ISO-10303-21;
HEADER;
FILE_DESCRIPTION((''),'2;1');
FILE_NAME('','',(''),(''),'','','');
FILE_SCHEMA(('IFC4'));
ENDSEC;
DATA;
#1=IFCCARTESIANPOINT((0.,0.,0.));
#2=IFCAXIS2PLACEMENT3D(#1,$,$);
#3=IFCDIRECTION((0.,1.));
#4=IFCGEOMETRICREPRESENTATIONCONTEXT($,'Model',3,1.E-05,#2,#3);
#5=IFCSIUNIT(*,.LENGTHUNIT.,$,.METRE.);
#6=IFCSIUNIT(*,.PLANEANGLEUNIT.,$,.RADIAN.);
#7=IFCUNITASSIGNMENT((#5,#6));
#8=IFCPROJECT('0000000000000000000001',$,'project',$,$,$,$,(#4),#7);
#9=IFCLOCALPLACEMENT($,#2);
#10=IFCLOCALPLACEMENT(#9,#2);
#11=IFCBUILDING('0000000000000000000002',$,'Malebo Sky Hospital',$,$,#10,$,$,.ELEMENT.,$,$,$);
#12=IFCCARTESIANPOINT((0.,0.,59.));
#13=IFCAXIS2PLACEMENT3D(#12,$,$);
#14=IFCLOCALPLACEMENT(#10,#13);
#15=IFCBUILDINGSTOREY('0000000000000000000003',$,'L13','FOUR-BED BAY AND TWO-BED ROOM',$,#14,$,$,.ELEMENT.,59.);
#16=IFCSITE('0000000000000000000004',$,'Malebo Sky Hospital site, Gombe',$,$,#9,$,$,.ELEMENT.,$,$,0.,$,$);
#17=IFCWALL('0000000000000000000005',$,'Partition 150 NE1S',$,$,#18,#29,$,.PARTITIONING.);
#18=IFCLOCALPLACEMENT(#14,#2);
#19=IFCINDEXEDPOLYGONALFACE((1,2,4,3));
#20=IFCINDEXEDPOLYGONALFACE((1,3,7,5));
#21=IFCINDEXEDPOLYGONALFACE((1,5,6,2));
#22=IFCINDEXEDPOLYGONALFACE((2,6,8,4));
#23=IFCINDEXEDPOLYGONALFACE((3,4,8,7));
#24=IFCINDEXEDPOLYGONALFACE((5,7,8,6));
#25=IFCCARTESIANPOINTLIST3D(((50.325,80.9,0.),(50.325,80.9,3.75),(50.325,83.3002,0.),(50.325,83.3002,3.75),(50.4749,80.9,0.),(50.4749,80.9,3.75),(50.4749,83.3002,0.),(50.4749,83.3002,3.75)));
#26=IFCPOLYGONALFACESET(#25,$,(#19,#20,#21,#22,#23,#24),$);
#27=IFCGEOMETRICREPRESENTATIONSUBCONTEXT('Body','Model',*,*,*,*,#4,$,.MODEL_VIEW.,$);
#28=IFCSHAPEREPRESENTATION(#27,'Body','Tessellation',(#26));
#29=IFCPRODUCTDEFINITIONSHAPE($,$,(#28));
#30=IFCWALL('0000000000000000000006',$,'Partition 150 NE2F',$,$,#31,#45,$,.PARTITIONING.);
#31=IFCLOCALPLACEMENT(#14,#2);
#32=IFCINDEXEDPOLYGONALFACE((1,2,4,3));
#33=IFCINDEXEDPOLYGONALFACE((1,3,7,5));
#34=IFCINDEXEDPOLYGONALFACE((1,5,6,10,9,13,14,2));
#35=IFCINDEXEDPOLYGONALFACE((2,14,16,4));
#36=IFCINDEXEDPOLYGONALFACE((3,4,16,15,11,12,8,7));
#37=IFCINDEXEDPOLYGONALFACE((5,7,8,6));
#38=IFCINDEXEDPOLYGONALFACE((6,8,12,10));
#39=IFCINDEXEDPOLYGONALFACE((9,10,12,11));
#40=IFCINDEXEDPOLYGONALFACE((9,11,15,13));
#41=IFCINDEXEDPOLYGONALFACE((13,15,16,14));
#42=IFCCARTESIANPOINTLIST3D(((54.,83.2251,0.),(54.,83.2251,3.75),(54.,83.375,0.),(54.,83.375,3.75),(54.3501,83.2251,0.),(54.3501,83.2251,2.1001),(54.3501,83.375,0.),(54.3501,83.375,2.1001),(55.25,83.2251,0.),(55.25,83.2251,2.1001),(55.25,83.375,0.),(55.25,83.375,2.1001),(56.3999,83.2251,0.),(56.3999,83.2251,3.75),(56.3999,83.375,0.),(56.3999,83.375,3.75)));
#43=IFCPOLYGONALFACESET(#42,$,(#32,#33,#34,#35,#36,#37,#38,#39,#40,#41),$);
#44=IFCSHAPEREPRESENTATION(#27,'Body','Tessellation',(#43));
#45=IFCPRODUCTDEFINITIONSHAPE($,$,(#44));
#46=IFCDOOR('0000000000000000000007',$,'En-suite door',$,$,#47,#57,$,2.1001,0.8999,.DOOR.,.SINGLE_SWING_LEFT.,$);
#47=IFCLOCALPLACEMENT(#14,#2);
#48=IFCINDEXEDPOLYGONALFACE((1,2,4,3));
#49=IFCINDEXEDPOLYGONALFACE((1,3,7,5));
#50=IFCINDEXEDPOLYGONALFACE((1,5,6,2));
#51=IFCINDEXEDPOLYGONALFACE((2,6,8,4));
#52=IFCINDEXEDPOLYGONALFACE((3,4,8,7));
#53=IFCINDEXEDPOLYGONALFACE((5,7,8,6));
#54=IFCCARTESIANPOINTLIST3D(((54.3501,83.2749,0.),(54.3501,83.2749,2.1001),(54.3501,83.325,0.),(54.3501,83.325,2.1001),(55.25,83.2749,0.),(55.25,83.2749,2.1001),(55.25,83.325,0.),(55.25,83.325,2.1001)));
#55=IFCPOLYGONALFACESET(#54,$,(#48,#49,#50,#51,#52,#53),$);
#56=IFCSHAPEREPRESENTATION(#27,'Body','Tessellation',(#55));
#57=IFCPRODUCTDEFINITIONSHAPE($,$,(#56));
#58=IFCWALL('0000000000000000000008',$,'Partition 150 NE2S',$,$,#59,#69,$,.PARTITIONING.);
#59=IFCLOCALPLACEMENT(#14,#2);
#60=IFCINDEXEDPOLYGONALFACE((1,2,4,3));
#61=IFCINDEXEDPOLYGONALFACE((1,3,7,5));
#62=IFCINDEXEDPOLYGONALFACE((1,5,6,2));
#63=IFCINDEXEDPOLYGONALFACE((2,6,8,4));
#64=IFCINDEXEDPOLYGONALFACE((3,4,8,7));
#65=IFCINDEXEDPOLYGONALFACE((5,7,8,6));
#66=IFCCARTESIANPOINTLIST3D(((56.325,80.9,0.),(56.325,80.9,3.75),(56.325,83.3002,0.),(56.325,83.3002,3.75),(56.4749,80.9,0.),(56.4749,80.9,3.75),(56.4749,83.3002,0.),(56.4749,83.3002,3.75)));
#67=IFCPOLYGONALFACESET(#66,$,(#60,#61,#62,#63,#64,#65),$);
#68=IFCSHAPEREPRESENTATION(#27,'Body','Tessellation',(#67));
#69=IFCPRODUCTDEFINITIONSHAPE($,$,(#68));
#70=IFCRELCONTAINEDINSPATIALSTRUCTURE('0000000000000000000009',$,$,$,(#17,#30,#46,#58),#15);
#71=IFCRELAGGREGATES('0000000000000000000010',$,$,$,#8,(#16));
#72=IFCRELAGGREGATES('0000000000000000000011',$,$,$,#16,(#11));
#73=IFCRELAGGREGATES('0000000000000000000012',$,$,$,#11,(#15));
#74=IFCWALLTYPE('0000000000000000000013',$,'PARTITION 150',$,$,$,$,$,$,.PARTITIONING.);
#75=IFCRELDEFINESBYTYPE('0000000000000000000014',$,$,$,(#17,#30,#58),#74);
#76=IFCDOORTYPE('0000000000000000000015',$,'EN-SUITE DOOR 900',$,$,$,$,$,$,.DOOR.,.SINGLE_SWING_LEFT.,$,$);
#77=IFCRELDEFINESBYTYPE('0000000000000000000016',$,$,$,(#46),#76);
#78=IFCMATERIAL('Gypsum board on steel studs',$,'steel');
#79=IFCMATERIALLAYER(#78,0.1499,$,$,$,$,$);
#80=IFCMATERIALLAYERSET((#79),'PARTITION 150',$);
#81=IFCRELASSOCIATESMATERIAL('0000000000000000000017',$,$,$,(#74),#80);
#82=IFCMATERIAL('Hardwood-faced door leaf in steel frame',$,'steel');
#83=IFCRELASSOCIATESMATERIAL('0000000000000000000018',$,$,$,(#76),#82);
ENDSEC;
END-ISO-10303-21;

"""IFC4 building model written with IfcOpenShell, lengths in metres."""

from ifc_helpers import new_model, si_unit, direction, frame, frame_2d, origin, place, context, subcontext, project, spatial, rectangle, extrude, material, layer, layer_set, type_object, element, fill, save


model = new_model("IFC4")

# Units and contexts
model_context = context("Model", 3, precision=1e-05, world=origin(), true_north=direction((0.0, 1.0)))
body_context = subcontext(model_context, "Body", "Model", "MODEL_VIEW")
ifc_project = project(units=[si_unit("LENGTHUNIT", "METRE"), si_unit("PLANEANGLEUNIT", "RADIAN")], contexts=[model_context])

# Site, building, storey
site_placement = place(None, origin())
site = spatial("IfcSite", under=ifc_project, at=site_placement, Name="Malebo Sky Hospital site, Gombe", CompositionType="ELEMENT", RefElevation=0.0)
building_placement = place(site_placement, origin())
building = spatial("IfcBuilding", under=site, at=building_placement, Name="Malebo Sky Hospital", CompositionType="ELEMENT")
storey_placement = place(building_placement, frame((0.0, 0.0, 59.0)))
storey = spatial("IfcBuildingStorey", under=building, at=storey_placement, Name="L13", Description="FOUR-BED BAY AND TWO-BED ROOM", CompositionType="ELEMENT", Elevation=59.0)

# Shared definitions
ifc_material_1 = material(Name="Gypsum board on steel studs", Category="steel")
ifc_layer_1 = layer(ifc_material_1, 0.1499)
ifc_layer_set_1 = layer_set([ifc_layer_1], Name="PARTITION 150")
wall_type = type_object("IfcWallType", Name="PARTITION 150", PredefinedType="PARTITIONING", material=ifc_layer_set_1)

# Shared definitions
ifc_material_2 = material(Name="Hardwood-faced door leaf in steel frame", Category="steel")
door_type = type_object("IfcDoorType", Name="EN-SUITE DOOR 900", OperationType="SINGLE_SWING_LEFT", PredefinedType="DOOR", material=ifc_material_2)

# Wall
wall_1_placement = place(storey_placement, frame((50.3999, 80.8999, 0.0), z_axis=(0.0, 0.0, 1.0), x_axis=(0.0, 1.0, 0.0)))
element("IfcWall", 1, at=wall_1_placement, inside=storey, type_object=wall_type, Name="Partition 150 NE1S", PredefinedType="PARTITIONING", context=body_context, shape_type="SweptSolid", body=[
    extrude(rectangle(XDim=2.4001, YDim=0.1499, at=frame_2d((1.2002, 0.0))), origin(), (0.0, 0.0, 1.0), 3.75),
])

# Wall, opening, door
wall_2_placement = place(storey_placement, frame((54.0, 83.3, 0.0), z_axis=(0.0, 0.0, 1.0), x_axis=(1.0, 0.0, 0.0)))
wall_2 = element("IfcWall", 2, at=wall_2_placement, inside=storey, type_object=wall_type, Name="Partition 150 NE2F", PredefinedType="PARTITIONING", context=body_context, shape_type="SweptSolid", body=[
    extrude(rectangle(XDim=2.3999, YDim=0.1499, at=frame_2d((1.2, 0.0))), origin(), (0.0, 0.0, 1.0), 3.75),
])
opening_1_placement = place(wall_2_placement, frame((0.3501, 0.0, 0.0)))
opening_1 = element("IfcOpeningElement", 3, at=opening_1_placement, cuts=wall_2, PredefinedType="OPENING", context=body_context, shape_type="SweptSolid", body=[
    extrude(rectangle(XDim=0.8999, YDim=2.1001, at=frame_2d((0.45, 1.05))), frame((0.0, 0.085, 0.0), z_axis=(0.0, -1.0, 0.0), x_axis=(1.0, 0.0, 0.0)), (0.0, 0.0, 1.0), 0.1699),
])
door_1_placement = place(opening_1_placement, origin())
door_1 = element("IfcDoor", 4, at=door_1_placement, inside=storey, type_object=door_type, Name="En-suite door", OperationType="SINGLE_SWING_LEFT", OverallHeight=2.1001, OverallWidth=0.8999, PredefinedType="DOOR", context=body_context, shape_type="SweptSolid", body=[
    extrude(rectangle(XDim=0.8999, YDim=2.1001, at=frame_2d((0.45, 1.05))), frame((0.0, 0.0249, 0.0), z_axis=(0.0, -1.0, 0.0), x_axis=(1.0, 0.0, 0.0)), (0.0, 0.0, 1.0), 0.05),
])
fill(opening_1, door_1)

# Wall
wall_3_placement = place(storey_placement, frame((56.3999, 80.8999, 0.0), z_axis=(0.0, 0.0, 1.0), x_axis=(0.0, 1.0, 0.0)))
element("IfcWall", 5, at=wall_3_placement, inside=storey, type_object=wall_type, Name="Partition 150 NE2S", PredefinedType="PARTITIONING", context=body_context, shape_type="SweptSolid", body=[
    extrude(rectangle(XDim=2.4001, YDim=0.1499, at=frame_2d((1.2002, 0.0))), origin(), (0.0, 0.0, 1.0), 3.75),
])

save(model, "model.ifc")
